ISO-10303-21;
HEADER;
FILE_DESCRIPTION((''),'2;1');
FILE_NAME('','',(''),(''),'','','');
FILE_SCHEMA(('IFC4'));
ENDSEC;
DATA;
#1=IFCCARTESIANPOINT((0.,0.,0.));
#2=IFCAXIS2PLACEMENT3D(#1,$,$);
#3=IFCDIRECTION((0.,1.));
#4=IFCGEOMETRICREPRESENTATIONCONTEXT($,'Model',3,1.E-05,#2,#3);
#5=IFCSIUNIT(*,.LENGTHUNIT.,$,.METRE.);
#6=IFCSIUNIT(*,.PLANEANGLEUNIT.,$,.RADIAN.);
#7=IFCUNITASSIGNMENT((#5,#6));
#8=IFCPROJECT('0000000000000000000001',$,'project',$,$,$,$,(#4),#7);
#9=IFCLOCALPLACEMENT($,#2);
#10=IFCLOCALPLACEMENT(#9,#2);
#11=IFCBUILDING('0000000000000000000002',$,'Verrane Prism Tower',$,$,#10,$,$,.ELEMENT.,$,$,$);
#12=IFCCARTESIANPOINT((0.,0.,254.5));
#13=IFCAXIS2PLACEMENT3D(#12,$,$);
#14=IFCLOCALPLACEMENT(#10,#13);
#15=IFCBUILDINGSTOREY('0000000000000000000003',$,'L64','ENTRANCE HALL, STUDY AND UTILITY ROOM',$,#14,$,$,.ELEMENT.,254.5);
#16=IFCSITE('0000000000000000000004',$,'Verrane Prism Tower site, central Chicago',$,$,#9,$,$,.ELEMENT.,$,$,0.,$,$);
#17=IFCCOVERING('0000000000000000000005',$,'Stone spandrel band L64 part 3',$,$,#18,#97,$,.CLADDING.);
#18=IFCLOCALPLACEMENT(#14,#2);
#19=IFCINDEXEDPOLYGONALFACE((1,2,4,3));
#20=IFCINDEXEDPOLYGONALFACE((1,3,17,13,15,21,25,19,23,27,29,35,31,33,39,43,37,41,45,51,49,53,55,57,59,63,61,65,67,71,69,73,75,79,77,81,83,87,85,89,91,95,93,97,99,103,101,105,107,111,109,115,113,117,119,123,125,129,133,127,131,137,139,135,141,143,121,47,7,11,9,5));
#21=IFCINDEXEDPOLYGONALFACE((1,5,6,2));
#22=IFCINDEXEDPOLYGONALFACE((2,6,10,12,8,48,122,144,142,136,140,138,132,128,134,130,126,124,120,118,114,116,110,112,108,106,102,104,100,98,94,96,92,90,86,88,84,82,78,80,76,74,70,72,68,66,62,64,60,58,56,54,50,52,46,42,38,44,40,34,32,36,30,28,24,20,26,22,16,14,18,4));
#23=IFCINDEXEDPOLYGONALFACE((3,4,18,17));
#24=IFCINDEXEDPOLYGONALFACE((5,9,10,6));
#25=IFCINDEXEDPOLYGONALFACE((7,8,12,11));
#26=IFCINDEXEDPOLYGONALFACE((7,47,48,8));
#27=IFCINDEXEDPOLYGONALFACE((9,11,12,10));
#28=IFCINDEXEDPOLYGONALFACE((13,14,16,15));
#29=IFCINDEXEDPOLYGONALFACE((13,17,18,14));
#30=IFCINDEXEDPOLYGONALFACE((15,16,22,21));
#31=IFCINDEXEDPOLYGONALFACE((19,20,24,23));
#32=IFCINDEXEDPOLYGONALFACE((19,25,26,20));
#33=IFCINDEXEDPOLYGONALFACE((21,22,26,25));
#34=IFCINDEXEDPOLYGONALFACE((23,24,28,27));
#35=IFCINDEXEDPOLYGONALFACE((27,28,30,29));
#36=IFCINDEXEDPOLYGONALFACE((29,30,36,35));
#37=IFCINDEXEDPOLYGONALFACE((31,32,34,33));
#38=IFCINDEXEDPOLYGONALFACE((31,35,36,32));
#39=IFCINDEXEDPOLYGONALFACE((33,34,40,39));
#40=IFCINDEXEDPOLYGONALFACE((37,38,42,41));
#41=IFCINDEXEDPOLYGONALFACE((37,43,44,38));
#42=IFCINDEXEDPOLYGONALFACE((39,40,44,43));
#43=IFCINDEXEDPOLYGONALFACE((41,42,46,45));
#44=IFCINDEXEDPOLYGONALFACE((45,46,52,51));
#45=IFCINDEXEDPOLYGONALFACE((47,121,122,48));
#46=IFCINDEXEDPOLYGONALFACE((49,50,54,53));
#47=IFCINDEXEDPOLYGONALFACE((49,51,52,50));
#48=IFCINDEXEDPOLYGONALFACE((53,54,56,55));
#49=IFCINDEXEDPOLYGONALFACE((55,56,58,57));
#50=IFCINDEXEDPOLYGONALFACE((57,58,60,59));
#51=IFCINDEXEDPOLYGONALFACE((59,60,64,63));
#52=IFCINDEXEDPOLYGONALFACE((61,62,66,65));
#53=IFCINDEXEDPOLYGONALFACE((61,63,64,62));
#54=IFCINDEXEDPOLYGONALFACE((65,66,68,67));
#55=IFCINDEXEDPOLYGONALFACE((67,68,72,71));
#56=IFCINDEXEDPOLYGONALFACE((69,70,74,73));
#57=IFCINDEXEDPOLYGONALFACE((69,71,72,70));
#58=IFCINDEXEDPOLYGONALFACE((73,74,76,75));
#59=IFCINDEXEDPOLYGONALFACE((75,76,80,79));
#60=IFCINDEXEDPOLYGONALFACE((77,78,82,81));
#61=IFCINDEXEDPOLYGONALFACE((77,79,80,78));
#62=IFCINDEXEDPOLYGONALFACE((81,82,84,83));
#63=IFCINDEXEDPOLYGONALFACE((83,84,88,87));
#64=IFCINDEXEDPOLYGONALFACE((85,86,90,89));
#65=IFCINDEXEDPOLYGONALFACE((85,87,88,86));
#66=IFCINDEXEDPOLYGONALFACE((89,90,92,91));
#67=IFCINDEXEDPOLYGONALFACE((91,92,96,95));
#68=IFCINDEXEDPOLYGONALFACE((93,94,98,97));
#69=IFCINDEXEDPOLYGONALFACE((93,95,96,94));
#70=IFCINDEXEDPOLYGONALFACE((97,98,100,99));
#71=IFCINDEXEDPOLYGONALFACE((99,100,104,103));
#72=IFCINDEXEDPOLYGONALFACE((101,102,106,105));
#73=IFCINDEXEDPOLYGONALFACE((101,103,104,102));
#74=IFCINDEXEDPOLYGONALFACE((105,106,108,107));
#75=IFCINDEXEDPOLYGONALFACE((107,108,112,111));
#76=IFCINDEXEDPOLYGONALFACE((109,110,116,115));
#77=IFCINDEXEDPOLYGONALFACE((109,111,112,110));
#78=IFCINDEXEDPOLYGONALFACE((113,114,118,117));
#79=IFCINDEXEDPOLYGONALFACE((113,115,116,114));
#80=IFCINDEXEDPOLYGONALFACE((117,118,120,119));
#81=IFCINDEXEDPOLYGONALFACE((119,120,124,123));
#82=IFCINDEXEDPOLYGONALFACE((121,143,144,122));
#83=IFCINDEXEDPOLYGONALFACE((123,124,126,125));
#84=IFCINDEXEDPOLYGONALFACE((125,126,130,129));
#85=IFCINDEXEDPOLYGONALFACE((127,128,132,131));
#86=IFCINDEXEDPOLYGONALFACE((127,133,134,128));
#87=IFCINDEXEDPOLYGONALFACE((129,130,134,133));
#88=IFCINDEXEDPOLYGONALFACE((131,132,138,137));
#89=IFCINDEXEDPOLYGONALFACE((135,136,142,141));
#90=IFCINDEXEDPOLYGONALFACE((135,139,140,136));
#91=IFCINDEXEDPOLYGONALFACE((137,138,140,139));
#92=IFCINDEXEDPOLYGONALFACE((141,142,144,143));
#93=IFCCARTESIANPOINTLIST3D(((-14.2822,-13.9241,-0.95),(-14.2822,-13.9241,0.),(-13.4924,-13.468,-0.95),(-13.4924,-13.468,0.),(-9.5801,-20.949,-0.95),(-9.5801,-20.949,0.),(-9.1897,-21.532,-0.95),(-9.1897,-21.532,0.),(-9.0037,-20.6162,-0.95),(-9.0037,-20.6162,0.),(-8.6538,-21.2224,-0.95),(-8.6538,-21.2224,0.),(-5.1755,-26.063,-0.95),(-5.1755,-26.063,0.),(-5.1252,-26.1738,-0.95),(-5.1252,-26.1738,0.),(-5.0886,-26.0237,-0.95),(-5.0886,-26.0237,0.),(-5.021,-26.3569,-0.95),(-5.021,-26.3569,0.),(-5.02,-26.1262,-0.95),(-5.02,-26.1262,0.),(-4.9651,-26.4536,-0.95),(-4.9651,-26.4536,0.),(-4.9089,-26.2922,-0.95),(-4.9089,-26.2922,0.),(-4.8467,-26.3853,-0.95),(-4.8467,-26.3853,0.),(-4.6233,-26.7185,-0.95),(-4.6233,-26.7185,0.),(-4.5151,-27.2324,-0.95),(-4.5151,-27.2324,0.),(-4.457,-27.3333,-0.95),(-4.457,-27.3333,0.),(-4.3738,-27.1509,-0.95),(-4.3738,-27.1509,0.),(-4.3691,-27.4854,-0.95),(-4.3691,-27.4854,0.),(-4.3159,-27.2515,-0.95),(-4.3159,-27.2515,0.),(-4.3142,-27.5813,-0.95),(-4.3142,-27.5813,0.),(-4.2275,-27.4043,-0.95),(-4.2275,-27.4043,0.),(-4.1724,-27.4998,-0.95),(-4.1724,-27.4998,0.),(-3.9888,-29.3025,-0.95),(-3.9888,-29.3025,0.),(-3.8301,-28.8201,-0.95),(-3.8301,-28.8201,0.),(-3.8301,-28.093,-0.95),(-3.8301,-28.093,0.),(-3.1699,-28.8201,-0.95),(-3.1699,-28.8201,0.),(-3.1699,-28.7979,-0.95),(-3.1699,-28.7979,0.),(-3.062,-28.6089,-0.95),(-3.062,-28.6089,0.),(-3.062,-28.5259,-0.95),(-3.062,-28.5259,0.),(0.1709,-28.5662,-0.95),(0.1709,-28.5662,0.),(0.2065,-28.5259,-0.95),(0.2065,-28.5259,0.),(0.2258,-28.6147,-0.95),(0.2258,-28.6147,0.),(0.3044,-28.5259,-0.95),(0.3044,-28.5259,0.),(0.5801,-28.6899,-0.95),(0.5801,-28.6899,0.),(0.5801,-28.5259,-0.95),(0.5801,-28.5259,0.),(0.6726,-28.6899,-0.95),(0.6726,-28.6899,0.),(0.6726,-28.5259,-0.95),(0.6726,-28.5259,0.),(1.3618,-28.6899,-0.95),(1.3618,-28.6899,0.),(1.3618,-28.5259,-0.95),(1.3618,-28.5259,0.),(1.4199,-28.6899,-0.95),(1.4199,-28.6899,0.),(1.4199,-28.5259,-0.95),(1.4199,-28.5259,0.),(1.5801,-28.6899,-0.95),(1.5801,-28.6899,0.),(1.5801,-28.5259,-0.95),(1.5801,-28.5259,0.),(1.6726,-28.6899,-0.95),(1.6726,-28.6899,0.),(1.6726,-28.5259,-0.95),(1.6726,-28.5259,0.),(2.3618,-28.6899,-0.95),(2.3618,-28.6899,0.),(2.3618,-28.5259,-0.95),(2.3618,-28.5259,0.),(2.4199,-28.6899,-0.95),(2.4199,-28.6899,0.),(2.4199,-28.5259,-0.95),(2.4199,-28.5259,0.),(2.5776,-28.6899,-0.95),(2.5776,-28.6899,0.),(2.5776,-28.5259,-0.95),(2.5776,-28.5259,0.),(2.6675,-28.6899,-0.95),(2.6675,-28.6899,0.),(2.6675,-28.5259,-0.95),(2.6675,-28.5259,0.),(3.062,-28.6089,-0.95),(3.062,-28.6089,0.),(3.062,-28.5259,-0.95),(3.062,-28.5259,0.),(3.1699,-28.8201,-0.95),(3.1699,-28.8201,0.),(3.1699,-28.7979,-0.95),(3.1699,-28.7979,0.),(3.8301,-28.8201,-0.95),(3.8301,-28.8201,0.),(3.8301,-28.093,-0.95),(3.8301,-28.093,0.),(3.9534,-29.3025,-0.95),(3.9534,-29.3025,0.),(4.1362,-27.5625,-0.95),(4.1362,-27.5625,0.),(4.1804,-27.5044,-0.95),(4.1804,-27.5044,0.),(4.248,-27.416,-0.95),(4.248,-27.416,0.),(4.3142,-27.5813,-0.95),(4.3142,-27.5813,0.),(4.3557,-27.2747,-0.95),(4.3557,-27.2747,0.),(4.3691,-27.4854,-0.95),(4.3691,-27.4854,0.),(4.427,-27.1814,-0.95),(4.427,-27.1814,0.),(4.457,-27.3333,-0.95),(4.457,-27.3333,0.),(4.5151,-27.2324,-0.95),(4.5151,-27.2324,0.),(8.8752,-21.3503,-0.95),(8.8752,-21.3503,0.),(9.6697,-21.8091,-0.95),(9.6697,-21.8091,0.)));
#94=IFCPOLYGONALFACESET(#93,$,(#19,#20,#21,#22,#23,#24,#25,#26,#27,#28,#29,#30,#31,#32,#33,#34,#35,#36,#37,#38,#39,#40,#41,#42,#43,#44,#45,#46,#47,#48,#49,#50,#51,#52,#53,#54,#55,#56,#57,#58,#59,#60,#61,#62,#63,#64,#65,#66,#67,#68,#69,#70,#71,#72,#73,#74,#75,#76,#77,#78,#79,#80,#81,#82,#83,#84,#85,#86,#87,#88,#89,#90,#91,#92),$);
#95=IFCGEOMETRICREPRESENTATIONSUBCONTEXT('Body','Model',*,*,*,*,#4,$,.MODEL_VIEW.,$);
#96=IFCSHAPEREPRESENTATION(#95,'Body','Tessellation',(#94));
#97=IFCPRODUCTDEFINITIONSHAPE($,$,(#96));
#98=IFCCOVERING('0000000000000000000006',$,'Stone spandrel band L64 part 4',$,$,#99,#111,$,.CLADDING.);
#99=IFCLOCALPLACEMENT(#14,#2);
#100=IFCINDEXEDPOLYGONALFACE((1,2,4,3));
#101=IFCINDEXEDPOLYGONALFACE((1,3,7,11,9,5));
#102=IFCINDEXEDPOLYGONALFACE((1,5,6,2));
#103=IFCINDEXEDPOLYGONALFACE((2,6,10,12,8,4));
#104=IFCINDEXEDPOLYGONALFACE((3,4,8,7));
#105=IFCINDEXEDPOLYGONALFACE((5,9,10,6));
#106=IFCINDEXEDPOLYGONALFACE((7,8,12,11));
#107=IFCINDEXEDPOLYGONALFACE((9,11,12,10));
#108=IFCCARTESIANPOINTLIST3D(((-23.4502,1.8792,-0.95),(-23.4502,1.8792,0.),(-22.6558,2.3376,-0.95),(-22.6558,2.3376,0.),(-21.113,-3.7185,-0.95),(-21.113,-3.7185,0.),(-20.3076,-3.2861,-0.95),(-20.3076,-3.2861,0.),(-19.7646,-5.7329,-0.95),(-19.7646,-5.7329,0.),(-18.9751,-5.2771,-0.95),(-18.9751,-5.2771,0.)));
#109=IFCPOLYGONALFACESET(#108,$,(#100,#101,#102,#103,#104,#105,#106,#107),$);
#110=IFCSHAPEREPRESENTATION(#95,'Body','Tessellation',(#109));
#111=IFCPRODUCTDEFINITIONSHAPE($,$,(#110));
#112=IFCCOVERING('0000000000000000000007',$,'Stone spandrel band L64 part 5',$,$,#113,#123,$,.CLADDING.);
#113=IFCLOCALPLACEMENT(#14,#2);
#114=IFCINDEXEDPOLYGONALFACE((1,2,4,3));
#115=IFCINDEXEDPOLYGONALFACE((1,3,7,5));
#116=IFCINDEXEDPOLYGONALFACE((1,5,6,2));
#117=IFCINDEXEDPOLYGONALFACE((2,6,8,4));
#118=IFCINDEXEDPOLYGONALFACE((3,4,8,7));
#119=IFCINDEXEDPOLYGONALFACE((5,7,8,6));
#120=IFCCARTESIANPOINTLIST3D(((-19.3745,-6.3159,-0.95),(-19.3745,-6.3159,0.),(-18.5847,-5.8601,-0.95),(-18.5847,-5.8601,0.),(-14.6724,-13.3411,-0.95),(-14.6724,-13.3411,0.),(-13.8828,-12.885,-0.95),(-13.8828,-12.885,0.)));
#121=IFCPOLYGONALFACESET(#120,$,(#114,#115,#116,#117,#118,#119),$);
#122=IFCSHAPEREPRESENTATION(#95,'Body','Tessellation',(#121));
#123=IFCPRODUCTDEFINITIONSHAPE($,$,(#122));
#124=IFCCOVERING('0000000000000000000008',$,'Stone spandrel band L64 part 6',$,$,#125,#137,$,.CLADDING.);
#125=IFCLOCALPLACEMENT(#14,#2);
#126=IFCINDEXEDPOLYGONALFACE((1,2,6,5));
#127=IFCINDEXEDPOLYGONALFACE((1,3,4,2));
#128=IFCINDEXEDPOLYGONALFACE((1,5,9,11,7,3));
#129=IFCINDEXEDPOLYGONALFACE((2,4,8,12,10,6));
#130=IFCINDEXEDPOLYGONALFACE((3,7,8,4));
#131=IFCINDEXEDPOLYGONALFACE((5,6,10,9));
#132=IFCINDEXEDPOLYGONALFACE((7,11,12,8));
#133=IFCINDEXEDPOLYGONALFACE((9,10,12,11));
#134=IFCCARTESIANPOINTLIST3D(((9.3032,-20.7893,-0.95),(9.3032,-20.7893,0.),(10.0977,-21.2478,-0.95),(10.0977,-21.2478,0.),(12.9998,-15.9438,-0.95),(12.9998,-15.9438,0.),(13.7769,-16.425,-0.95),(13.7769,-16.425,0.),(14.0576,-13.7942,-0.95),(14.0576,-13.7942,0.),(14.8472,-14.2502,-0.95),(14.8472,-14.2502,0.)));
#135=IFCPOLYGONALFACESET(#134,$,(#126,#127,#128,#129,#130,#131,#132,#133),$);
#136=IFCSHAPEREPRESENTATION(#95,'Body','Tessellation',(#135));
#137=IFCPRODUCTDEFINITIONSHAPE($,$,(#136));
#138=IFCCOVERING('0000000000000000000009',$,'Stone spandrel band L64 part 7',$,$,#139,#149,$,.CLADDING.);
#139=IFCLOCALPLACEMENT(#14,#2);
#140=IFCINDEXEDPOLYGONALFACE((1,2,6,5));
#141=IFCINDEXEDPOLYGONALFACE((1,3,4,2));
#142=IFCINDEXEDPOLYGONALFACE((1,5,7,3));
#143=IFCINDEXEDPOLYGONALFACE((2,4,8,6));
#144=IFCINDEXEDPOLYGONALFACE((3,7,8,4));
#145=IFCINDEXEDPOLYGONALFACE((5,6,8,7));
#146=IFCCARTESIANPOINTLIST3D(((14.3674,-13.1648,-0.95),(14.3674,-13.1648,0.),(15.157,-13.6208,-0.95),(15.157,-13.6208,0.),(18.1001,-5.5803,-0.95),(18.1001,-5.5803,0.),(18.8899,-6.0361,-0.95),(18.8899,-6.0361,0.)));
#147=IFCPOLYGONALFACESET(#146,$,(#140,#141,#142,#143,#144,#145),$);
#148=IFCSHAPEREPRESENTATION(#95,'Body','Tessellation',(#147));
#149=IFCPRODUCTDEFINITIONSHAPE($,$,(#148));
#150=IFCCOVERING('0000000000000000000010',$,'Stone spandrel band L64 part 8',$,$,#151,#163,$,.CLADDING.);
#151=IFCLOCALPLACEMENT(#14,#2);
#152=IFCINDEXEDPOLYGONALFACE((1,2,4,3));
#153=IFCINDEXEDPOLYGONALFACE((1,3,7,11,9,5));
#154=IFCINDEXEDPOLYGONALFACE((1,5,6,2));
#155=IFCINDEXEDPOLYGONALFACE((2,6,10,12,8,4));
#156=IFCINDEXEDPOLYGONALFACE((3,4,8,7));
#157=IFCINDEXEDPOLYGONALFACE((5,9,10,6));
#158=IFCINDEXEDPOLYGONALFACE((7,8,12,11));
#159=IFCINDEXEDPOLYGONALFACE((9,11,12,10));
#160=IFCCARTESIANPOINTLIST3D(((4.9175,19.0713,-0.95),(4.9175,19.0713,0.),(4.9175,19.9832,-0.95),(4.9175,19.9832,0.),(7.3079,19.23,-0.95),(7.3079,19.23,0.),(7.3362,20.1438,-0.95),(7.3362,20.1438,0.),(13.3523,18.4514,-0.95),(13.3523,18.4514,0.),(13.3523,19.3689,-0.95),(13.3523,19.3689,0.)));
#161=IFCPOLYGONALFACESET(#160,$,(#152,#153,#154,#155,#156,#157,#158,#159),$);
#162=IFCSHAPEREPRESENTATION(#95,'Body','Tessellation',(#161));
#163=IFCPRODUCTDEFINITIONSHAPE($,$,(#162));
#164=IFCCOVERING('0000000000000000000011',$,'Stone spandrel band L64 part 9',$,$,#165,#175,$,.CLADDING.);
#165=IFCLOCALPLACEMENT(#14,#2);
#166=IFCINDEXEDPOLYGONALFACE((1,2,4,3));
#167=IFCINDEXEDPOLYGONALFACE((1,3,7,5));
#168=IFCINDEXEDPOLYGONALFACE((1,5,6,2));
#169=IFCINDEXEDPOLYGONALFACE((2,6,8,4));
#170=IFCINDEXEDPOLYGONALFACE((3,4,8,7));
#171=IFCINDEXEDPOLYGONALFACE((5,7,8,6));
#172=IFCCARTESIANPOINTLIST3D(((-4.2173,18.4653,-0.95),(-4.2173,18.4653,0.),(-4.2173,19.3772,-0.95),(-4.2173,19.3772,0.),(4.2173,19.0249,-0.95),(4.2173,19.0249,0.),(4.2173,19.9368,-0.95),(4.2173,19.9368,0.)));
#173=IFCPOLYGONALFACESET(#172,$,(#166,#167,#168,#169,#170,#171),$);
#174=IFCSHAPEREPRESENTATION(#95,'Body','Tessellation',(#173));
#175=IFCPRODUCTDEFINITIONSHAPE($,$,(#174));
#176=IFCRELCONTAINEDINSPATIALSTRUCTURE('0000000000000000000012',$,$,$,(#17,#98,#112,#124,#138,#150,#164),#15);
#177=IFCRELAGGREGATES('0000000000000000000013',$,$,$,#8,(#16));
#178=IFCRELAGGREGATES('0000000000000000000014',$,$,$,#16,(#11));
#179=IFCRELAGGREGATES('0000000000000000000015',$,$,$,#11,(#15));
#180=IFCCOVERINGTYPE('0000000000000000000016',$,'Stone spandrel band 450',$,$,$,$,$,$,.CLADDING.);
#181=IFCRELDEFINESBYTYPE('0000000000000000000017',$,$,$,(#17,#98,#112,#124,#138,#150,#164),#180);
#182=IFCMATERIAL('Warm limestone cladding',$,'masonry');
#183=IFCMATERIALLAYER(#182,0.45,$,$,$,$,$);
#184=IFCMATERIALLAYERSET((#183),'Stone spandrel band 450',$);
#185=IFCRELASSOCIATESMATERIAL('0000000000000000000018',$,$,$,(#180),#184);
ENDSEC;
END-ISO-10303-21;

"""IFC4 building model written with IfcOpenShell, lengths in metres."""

from ifc_helpers import new_model, si_unit, direction, frame, origin, place, context, subcontext, project, spatial, polyline, outline, extrude, material, layer, layer_set, type_object, element, save


model = new_model("IFC4")

# Units and contexts
model_context = context("Model", 3, precision=1e-05, world=origin(), true_north=direction((0.0, 1.0)))
body_context = subcontext(model_context, "Body", "Model", "MODEL_VIEW")
ifc_project = project(units=[si_unit("LENGTHUNIT", "METRE"), si_unit("PLANEANGLEUNIT", "RADIAN")], contexts=[model_context])

# Site, building, storey
site_placement = place(None, origin())
site = spatial("IfcSite", under=ifc_project, at=site_placement, Name="Verrane Prism Tower site, central Chicago", CompositionType="ELEMENT", RefElevation=0.0)
building_placement = place(site_placement, origin())
building = spatial("IfcBuilding", under=site, at=building_placement, Name="Verrane Prism Tower", CompositionType="ELEMENT")
storey_placement = place(building_placement, frame((0.0, 0.0, 254.5)))
storey = spatial("IfcBuildingStorey", under=building, at=storey_placement, Name="L64", Description="ENTRANCE HALL, STUDY AND UTILITY ROOM", CompositionType="ELEMENT", Elevation=254.5)

# Coverings
ifc_material_1 = material(Name="Warm limestone cladding", Category="masonry")
ifc_layer_1 = layer(ifc_material_1, 0.45)
ifc_layer_set_1 = layer_set([ifc_layer_1], Name="Stone spandrel band 450")
covering_type_1 = type_object("IfcCoveringType", Name="Stone spandrel band 450", PredefinedType="CLADDING", material=ifc_layer_set_1)
covering_1_placement = place(storey_placement, frame((0.0, 0.0, -0.95)))
element("IfcCovering", 1, at=covering_1_placement, inside=storey, type_object=covering_type_1, Name="Stone spandrel band L64 part 3", PredefinedType="CLADDING", context=body_context, shape_type="SweptSolid", body=[
    extrude(outline(polyline([(3.9534, -29.3025), (9.6697, -21.8091), (8.8752, -21.3503), (4.427, -27.1814), (4.5151, -27.2324), (4.457, -27.3333), (4.3557, -27.2747), (4.248, -27.416), (4.3691, -27.4854), (4.3142, -27.5813), (4.1804, -27.5044), (4.1362, -27.5625), (3.8301, -28.093), (3.8301, -28.8201), (3.1699, -28.8201), (3.1699, -28.7979), (3.062, -28.6089), (3.062, -28.5259), (2.6675, -28.5259), (2.6675, -28.6899), (2.5776, -28.6899), (2.5776, -28.5259), (2.4199, -28.5259), (2.4199, -28.6899), (2.3618, -28.6899), (2.3618, -28.5259), (1.6726, -28.5259), (1.6726, -28.6899), (1.5801, -28.6899), (1.5801, -28.5259), (1.4199, -28.5259), (1.4199, -28.6899), (1.3618, -28.6899), (1.3618, -28.5259), (0.6726, -28.5259), (0.6726, -28.6899), (0.5801, -28.6899), (0.5801, -28.5259), (0.3044, -28.5259), (0.2258, -28.6147), (0.1709, -28.5662), (0.2065, -28.5259), (-3.062, -28.5259), (-3.062, -28.6089), (-3.1699, -28.7979), (-3.1699, -28.8201), (-3.8301, -28.8201), (-3.8301, -28.093), (-4.1724, -27.4998), (-4.3142, -27.5813), (-4.3691, -27.4854), (-4.2275, -27.4043), (-4.3159, -27.2515), (-4.457, -27.3333), (-4.5151, -27.2324), (-4.3738, -27.1509), (-4.6233, -26.7185), (-4.8467, -26.3853), (-4.9651, -26.4536), (-5.021, -26.3569), (-4.9089, -26.2922), (-5.02, -26.1262), (-5.1252, -26.1738), (-5.1755, -26.063), (-5.0886, -26.0237), (-13.4924, -13.468), (-14.2822, -13.9241), (-9.5801, -20.949), (-9.0037, -20.6162), (-8.6538, -21.2224), (-9.1897, -21.532), (-3.9888, -29.3025), (3.9534, -29.3025)])), origin(), (0.0, 0.0, 1.0), 0.95),
])
covering_2_placement = place(storey_placement, frame((0.0, 0.0, -0.95)))
element("IfcCovering", 2, at=covering_2_placement, inside=storey, type_object=covering_type_1, Name="Stone spandrel band L64 part 4", PredefinedType="CLADDING", context=body_context, shape_type="SweptSolid", body=[
    extrude(outline(polyline([(-19.7646, -5.7329), (-18.9751, -5.2771), (-20.3076, -3.2861), (-22.6558, 2.3376), (-23.4502, 1.8792), (-21.113, -3.7185), (-19.7646, -5.7329)])), origin(), (0.0, 0.0, 1.0), 0.95),
])
covering_3_placement = place(storey_placement, frame((0.0, 0.0, -0.95)))
element("IfcCovering", 3, at=covering_3_placement, inside=storey, type_object=covering_type_1, Name="Stone spandrel band L64 part 5", PredefinedType="CLADDING", context=body_context, shape_type="SweptSolid", body=[
    extrude(outline(polyline([(-14.6724, -13.3411), (-13.8828, -12.885), (-18.5847, -5.8601), (-19.3745, -6.3159), (-14.6724, -13.3411)])), origin(), (0.0, 0.0, 1.0), 0.95),
])
covering_4_placement = place(storey_placement, frame((0.0, 0.0, -0.95)))
element("IfcCovering", 4, at=covering_4_placement, inside=storey, type_object=covering_type_1, Name="Stone spandrel band L64 part 6", PredefinedType="CLADDING", context=body_context, shape_type="SweptSolid", body=[
    extrude(outline(polyline([(14.8472, -14.2502), (14.0576, -13.7942), (12.9998, -15.9438), (9.3032, -20.7893), (10.0977, -21.2478), (13.7769, -16.425), (14.8472, -14.2502)])), origin(), (0.0, 0.0, 1.0), 0.95),
])
covering_5_placement = place(storey_placement, frame((0.0, 0.0, -0.95)))
element("IfcCovering", 5, at=covering_5_placement, inside=storey, type_object=covering_type_1, Name="Stone spandrel band L64 part 7", PredefinedType="CLADDING", context=body_context, shape_type="SweptSolid", body=[
    extrude(outline(polyline([(18.1001, -5.5803), (14.3674, -13.1648), (15.157, -13.6208), (18.8899, -6.0361), (18.1001, -5.5803)])), origin(), (0.0, 0.0, 1.0), 0.95),
])
covering_6_placement = place(storey_placement, frame((0.0, 0.0, -0.95)))
element("IfcCovering", 6, at=covering_6_placement, inside=storey, type_object=covering_type_1, Name="Stone spandrel band L64 part 8", PredefinedType="CLADDING", context=body_context, shape_type="SweptSolid", body=[
    extrude(outline(polyline([(4.9175, 19.9832), (4.9175, 19.0713), (7.3079, 19.23), (13.3523, 18.4514), (13.3523, 19.3689), (7.3362, 20.1438), (4.9175, 19.9832)])), origin(), (0.0, 0.0, 1.0), 0.95),
])
covering_7_placement = place(storey_placement, frame((0.0, 0.0, -0.95)))
element("IfcCovering", 7, at=covering_7_placement, inside=storey, type_object=covering_type_1, Name="Stone spandrel band L64 part 9", PredefinedType="CLADDING", context=body_context, shape_type="SweptSolid", body=[
    extrude(outline(polyline([(-4.2173, 18.4653), (4.2173, 19.0249), (4.2173, 19.9368), (-4.2173, 19.3772), (-4.2173, 18.4653)])), origin(), (0.0, 0.0, 1.0), 0.95),
])

save(model, "model.ifc")
